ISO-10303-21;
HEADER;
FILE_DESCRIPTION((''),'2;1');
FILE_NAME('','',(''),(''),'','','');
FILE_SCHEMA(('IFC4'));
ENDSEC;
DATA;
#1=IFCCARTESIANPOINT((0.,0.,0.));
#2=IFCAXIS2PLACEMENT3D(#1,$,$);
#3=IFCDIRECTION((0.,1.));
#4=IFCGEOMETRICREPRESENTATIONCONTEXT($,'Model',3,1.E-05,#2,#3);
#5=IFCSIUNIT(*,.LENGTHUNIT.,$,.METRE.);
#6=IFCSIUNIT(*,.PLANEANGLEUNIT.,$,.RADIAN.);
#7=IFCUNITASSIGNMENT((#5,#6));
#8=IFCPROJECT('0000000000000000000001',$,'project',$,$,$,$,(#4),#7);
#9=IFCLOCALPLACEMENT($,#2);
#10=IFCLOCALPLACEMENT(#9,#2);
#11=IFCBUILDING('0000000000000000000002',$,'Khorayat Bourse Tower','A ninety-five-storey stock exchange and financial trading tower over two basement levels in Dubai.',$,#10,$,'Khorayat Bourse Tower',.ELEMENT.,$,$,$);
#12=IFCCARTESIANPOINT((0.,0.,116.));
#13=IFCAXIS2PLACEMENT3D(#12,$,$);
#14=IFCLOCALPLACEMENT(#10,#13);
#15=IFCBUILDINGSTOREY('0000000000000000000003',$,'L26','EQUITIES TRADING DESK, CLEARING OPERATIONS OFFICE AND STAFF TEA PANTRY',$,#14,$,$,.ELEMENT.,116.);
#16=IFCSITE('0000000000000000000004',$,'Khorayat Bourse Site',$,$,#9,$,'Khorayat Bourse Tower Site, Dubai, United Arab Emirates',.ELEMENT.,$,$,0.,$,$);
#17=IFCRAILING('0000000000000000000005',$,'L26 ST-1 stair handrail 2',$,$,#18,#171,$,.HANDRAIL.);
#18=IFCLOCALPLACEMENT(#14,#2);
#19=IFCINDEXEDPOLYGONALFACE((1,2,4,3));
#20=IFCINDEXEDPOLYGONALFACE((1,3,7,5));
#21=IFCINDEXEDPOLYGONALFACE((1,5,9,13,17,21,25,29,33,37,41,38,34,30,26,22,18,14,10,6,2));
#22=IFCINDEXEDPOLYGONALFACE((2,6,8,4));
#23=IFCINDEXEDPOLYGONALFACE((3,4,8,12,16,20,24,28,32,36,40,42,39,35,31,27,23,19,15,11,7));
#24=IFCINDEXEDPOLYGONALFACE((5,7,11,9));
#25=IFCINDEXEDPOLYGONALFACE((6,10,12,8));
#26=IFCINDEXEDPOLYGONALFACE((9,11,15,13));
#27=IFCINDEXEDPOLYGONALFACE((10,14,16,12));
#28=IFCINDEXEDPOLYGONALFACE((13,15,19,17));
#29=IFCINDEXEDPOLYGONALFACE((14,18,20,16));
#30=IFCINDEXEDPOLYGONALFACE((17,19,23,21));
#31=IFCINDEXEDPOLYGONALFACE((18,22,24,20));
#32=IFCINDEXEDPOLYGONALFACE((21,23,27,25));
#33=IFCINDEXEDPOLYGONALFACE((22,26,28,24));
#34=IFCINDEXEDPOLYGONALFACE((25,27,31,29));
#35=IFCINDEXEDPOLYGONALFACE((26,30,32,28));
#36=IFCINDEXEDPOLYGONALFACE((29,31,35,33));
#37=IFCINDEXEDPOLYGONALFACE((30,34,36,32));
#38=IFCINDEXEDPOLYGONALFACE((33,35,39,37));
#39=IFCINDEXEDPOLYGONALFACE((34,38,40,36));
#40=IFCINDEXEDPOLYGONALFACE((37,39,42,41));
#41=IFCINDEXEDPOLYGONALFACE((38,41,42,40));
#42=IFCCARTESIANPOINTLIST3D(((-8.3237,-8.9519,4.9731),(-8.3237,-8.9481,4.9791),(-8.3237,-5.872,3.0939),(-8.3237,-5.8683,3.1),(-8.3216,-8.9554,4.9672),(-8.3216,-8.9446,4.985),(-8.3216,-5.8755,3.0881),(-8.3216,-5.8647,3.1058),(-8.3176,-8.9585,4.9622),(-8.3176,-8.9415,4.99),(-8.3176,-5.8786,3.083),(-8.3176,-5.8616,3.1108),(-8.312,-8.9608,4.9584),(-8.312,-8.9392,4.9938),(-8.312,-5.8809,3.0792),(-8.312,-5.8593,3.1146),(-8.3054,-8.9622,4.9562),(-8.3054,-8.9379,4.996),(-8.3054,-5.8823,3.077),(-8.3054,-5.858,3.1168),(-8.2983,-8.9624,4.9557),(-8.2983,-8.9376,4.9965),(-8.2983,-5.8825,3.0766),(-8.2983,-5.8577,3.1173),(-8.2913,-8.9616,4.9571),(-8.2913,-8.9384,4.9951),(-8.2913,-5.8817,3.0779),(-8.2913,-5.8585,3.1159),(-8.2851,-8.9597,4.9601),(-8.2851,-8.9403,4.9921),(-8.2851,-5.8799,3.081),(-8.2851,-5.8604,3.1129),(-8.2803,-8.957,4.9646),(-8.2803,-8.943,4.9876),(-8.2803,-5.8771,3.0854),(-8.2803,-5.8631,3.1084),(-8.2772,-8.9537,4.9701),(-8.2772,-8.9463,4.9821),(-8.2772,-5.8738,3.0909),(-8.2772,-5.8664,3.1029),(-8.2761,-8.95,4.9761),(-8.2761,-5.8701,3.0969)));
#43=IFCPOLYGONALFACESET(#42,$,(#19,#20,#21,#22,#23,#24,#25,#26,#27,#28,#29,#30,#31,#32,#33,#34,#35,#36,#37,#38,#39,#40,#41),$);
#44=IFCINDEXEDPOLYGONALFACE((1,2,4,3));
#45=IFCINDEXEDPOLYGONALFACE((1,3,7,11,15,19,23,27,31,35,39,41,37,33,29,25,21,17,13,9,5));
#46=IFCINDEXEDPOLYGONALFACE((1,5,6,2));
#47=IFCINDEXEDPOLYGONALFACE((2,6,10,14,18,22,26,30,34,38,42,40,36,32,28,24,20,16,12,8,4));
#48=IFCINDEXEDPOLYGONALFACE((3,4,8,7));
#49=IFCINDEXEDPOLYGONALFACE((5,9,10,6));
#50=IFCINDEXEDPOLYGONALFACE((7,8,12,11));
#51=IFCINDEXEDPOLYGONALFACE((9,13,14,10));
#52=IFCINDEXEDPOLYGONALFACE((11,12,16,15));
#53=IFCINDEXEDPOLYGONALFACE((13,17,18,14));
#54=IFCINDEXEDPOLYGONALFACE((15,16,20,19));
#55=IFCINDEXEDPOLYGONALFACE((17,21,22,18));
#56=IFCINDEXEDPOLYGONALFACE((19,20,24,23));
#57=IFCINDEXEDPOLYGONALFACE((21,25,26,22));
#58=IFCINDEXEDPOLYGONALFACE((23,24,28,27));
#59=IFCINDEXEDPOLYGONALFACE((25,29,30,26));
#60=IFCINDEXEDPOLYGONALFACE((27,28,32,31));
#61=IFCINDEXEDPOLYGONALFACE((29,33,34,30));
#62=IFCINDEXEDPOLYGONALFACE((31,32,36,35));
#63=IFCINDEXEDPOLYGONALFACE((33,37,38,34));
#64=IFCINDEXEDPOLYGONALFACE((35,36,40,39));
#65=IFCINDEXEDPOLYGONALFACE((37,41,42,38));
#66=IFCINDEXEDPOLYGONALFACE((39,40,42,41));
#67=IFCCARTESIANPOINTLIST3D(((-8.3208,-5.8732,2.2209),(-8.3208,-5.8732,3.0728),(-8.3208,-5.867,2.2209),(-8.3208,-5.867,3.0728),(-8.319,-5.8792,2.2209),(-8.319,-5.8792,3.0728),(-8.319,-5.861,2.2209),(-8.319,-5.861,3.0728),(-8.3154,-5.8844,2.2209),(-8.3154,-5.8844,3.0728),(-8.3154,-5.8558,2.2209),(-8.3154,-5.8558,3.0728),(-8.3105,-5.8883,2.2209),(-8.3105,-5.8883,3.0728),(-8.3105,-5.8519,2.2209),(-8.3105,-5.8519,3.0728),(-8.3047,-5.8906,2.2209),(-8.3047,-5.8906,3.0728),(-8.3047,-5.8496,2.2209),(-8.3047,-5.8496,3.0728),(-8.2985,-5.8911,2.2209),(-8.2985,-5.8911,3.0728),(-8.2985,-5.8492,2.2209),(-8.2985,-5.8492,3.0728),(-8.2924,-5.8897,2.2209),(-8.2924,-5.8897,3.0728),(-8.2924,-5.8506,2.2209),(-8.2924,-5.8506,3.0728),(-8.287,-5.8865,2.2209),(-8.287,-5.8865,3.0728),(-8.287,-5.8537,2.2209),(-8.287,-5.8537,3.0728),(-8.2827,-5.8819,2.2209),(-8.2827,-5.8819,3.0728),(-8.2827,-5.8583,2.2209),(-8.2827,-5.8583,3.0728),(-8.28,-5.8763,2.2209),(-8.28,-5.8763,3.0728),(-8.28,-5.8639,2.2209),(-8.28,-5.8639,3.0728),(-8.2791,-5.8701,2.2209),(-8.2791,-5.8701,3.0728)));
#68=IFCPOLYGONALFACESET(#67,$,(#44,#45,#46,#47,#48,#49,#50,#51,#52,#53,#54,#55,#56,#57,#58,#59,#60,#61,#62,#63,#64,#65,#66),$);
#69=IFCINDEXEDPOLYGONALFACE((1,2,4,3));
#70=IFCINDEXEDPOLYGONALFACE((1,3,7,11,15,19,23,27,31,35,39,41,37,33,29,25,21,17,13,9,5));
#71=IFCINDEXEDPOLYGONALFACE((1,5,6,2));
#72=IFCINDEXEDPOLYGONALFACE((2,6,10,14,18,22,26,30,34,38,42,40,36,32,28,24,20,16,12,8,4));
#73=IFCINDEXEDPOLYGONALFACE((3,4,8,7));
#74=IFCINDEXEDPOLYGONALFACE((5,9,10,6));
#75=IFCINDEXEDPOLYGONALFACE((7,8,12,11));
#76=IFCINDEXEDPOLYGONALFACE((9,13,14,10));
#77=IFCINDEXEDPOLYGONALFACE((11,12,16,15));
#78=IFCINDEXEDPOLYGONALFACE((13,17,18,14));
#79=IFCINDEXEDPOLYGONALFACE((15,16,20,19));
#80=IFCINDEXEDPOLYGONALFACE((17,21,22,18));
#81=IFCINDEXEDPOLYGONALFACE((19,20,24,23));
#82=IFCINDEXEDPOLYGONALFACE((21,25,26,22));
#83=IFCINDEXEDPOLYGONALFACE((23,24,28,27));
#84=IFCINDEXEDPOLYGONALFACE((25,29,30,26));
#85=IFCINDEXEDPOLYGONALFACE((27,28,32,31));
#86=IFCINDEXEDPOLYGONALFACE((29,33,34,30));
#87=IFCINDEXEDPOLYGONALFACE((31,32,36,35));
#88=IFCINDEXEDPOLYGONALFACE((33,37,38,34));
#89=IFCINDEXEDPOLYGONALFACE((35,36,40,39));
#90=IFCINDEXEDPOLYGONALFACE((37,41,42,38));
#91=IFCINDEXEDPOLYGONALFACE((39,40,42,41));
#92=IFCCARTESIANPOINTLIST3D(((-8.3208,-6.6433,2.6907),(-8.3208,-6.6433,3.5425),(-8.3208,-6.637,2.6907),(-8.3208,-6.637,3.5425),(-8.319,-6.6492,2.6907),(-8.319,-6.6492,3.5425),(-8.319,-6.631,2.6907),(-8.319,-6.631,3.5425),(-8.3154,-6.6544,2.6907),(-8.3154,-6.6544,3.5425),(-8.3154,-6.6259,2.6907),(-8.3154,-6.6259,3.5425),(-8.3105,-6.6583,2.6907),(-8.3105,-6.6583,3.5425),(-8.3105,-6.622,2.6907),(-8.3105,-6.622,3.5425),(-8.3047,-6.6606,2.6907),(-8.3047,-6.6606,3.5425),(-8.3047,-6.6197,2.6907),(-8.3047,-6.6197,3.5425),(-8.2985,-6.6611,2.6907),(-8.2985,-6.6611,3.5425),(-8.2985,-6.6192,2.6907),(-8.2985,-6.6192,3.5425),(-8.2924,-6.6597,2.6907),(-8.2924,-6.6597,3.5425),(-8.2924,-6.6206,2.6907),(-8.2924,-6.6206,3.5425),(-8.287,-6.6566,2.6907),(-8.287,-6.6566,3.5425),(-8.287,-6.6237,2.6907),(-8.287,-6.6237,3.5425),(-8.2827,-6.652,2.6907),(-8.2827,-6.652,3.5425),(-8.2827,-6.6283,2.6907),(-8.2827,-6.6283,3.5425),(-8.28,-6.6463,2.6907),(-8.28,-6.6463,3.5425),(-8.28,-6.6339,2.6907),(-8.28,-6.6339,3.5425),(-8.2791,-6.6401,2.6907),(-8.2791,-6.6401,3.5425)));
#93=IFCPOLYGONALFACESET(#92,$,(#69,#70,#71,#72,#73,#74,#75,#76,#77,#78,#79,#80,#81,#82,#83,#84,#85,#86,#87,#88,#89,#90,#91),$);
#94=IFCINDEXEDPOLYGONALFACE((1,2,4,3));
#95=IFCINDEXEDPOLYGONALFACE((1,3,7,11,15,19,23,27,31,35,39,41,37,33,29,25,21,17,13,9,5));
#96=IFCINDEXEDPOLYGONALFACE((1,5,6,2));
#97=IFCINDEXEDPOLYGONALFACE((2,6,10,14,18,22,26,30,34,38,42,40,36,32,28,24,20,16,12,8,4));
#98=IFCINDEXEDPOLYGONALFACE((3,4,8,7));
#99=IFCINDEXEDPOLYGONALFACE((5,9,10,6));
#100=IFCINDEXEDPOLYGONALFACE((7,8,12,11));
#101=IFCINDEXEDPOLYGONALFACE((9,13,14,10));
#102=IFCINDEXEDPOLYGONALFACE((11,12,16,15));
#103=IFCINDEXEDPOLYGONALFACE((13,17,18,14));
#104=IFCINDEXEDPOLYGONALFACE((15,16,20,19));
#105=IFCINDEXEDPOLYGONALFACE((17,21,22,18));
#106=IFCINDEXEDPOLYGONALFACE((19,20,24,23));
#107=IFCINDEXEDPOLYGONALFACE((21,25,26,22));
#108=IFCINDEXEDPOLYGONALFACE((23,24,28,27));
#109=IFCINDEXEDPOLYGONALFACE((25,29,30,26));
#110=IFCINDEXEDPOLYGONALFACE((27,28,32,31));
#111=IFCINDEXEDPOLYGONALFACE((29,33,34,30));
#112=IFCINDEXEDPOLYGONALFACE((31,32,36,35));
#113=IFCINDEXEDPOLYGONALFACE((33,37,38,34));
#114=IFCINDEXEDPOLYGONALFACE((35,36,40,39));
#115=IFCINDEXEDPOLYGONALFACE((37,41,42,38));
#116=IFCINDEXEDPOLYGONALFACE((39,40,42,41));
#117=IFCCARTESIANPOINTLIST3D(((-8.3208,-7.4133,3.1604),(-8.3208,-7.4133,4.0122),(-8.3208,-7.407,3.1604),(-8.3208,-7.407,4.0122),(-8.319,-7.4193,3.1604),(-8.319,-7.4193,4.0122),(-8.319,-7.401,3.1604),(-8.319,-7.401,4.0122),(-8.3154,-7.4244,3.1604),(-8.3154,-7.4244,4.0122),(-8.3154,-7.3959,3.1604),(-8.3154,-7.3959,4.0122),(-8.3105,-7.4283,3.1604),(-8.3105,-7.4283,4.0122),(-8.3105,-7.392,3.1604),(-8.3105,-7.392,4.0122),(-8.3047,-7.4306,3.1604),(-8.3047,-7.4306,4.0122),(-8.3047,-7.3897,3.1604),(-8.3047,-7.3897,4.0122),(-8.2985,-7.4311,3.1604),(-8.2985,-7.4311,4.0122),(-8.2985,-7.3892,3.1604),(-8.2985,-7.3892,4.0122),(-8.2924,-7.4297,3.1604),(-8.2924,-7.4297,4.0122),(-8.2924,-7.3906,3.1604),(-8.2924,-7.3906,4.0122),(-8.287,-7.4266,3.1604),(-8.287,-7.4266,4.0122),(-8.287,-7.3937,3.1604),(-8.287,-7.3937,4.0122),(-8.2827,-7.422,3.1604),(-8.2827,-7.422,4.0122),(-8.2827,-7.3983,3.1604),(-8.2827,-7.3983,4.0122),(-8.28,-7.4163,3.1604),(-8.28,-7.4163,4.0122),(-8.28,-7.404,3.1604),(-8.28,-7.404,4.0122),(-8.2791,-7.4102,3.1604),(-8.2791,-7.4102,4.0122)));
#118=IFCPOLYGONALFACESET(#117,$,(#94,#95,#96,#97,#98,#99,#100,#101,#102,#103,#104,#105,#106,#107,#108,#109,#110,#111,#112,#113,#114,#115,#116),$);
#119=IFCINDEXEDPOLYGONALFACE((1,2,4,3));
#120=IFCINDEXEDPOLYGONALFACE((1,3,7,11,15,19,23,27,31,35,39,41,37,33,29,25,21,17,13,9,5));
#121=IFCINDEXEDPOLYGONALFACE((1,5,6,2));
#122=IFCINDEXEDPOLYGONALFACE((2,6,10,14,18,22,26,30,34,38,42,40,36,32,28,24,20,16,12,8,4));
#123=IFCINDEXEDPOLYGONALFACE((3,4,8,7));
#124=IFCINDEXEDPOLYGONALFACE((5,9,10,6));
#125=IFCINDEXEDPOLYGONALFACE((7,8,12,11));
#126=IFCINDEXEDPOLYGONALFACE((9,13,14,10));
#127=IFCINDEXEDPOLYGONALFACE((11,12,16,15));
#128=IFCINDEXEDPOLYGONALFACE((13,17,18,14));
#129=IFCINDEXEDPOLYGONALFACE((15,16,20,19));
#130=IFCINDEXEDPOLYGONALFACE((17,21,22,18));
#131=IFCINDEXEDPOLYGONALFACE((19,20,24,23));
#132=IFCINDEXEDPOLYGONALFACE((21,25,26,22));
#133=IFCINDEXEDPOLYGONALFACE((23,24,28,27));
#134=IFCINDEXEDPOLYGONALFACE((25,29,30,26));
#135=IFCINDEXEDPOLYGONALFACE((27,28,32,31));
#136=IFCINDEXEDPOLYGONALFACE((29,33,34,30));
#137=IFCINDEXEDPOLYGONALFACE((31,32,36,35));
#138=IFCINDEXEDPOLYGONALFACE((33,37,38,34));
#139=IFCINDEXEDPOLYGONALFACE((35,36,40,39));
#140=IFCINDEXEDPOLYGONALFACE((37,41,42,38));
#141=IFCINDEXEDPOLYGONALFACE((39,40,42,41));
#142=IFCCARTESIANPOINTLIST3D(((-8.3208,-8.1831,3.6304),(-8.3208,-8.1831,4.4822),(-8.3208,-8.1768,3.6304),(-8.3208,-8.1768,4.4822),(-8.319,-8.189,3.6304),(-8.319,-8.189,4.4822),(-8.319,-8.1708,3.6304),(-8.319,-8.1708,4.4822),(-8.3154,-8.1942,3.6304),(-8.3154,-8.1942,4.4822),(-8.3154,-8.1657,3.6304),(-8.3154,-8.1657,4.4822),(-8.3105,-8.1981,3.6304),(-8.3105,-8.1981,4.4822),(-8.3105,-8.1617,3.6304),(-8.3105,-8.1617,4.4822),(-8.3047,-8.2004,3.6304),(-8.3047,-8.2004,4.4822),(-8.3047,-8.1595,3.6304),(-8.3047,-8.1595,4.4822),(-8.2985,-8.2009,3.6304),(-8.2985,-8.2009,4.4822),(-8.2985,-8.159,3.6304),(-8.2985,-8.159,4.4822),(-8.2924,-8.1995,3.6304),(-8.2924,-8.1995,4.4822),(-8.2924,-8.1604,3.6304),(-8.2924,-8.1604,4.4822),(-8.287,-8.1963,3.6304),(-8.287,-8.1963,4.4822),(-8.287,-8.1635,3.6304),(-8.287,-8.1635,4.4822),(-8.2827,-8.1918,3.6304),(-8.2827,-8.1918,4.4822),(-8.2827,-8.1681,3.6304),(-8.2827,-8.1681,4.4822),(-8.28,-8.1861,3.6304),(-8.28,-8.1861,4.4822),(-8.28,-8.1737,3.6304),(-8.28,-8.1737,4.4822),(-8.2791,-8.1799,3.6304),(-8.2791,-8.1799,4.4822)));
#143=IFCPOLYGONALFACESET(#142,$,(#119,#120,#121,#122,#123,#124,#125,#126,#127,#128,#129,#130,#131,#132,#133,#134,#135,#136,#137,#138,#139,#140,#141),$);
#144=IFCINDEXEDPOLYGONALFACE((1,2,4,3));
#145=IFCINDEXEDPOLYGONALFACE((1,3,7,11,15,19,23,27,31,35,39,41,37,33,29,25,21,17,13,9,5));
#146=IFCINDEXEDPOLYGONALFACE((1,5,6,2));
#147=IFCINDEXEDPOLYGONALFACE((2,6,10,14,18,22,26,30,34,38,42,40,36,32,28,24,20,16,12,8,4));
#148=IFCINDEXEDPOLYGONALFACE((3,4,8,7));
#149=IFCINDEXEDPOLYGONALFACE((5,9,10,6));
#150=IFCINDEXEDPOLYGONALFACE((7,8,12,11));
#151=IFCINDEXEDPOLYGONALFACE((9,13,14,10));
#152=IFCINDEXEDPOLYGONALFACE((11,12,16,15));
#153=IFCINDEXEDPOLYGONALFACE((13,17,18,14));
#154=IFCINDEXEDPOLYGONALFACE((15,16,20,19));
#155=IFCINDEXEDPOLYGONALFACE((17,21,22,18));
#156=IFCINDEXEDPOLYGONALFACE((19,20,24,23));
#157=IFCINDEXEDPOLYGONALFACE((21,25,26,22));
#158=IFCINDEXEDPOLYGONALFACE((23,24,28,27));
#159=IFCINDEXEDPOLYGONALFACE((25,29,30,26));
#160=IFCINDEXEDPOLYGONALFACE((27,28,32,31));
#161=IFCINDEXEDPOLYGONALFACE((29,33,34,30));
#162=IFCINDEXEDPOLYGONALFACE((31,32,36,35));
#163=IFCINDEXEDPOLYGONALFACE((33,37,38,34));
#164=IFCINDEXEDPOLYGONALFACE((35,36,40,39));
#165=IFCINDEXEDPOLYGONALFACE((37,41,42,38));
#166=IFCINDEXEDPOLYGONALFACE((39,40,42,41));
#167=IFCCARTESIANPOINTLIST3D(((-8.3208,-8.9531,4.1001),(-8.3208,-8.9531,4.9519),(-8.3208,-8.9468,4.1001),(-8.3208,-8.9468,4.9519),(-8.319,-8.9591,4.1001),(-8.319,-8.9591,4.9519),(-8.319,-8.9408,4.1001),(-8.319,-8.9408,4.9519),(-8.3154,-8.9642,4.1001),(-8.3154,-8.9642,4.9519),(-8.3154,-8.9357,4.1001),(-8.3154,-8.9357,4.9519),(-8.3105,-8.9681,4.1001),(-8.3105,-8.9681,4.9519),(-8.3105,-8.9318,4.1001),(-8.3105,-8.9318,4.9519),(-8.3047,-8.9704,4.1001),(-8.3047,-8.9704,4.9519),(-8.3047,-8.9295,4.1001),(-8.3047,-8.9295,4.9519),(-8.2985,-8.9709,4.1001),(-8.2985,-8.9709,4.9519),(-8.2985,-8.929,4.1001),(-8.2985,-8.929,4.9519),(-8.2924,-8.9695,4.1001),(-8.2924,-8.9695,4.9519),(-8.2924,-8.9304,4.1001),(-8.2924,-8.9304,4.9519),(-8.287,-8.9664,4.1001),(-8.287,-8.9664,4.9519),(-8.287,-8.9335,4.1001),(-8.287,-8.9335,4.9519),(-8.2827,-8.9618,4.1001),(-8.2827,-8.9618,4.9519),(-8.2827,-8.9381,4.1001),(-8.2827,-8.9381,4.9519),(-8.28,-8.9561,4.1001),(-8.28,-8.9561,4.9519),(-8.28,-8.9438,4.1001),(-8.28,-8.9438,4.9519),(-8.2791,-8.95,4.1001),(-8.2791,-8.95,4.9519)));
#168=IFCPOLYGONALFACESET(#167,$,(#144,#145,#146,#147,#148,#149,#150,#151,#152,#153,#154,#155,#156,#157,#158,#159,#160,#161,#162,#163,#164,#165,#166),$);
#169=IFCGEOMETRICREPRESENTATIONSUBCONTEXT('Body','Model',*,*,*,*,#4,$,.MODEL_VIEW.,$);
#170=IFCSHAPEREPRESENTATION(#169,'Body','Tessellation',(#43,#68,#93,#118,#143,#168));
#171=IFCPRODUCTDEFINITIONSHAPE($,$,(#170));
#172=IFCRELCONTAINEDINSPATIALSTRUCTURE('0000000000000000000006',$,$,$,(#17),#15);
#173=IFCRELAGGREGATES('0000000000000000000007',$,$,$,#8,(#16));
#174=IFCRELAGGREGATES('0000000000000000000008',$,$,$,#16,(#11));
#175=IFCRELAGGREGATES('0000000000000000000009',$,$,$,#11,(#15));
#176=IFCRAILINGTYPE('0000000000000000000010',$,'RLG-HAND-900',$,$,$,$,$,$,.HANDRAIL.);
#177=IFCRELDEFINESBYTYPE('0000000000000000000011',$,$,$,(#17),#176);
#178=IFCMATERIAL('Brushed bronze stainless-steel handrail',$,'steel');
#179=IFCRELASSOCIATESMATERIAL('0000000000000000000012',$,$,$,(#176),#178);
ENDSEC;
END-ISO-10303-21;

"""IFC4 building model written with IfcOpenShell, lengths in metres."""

from ifc_helpers import new_model, si_unit, direction, frame, origin, origin_2d, place, context, subcontext, project, spatial, circle, extrude, source, transform, mapped, material, type_object, element, save


model = new_model("IFC4")

# Units and contexts
model_context = context("Model", 3, precision=1e-05, world=origin(), true_north=direction((0.0, 1.0)))
body_context = subcontext(model_context, "Body", "Model", "MODEL_VIEW")
ifc_project = project(units=[si_unit("LENGTHUNIT", "METRE"), si_unit("PLANEANGLEUNIT", "RADIAN")], contexts=[model_context])

# Site, building, storey
site_placement = place(None, origin())
site = spatial("IfcSite", under=ifc_project, at=site_placement, Name="Khorayat Bourse Site", LongName="Khorayat Bourse Tower Site, Dubai, United Arab Emirates", CompositionType="ELEMENT", RefElevation=0.0)
building_placement = place(site_placement, origin())
building = spatial("IfcBuilding", under=site, at=building_placement, Name="Khorayat Bourse Tower", Description="A ninety-five-storey stock exchange and financial trading tower over two basement levels in Dubai.", LongName="Khorayat Bourse Tower", CompositionType="ELEMENT")
storey_placement = place(building_placement, frame((0.0, 0.0, 116.0)))
storey = spatial("IfcBuildingStorey", under=building, at=storey_placement, Name="L26", Description="EQUITIES TRADING DESK, CLEARING OPERATIONS OFFICE AND STAFF TEA PANTRY", CompositionType="ELEMENT", Elevation=116.0)

# Railing
ifc_material_1 = material(Name="Brushed bronze stainless-steel handrail", Category="steel")
railing_type_1 = type_object("IfcRailingType", Name="RLG-HAND-900", PredefinedType="HANDRAIL", material=ifc_material_1)
shared_shape_1 = source(origin(), body_context, "Body", "SweptSolid", [
    extrude(circle(Radius=0.0239, at=origin_2d()), frame((0.0, 0.0, 0.876), z_axis=(0.0, -0.853648, 0.52085), x_axis=(1.0, 0.0, 0.0)), (0.0, 0.0, 1.0), 3.6079),
    extrude(circle(Radius=0.021, at=origin_2d()), origin(), (0.0, 0.0, 1.0), 0.8518),
    extrude(circle(Radius=0.021, at=origin_2d()), frame((0.0, -0.77, 0.4697)), (0.0, 0.0, 1.0), 0.8518),
    extrude(circle(Radius=0.021, at=origin_2d()), frame((0.0, -1.54, 0.9395)), (0.0, 0.0, 1.0), 0.8518),
    extrude(circle(Radius=0.021, at=origin_2d()), frame((0.0, -2.3098, 1.4094)), (0.0, 0.0, 1.0), 0.8518),
    extrude(circle(Radius=0.021, at=origin_2d()), frame((0.0, -3.0798, 1.8792)), (0.0, 0.0, 1.0), 0.8518),
])
railing_1_placement = place(storey_placement, frame((-8.3, -5.8701, 2.2209)))
element("IfcRailing", 1, at=railing_1_placement, inside=storey, type_object=railing_type_1, Name="L26 ST-1 stair handrail 2", PredefinedType="HANDRAIL", context=body_context, shape_type="MappedRepresentation", body=[
    mapped(shared_shape_1, transform((0.0, 0.0, 0.0), scale=1.0)),
])

save(model, "model.ifc")
